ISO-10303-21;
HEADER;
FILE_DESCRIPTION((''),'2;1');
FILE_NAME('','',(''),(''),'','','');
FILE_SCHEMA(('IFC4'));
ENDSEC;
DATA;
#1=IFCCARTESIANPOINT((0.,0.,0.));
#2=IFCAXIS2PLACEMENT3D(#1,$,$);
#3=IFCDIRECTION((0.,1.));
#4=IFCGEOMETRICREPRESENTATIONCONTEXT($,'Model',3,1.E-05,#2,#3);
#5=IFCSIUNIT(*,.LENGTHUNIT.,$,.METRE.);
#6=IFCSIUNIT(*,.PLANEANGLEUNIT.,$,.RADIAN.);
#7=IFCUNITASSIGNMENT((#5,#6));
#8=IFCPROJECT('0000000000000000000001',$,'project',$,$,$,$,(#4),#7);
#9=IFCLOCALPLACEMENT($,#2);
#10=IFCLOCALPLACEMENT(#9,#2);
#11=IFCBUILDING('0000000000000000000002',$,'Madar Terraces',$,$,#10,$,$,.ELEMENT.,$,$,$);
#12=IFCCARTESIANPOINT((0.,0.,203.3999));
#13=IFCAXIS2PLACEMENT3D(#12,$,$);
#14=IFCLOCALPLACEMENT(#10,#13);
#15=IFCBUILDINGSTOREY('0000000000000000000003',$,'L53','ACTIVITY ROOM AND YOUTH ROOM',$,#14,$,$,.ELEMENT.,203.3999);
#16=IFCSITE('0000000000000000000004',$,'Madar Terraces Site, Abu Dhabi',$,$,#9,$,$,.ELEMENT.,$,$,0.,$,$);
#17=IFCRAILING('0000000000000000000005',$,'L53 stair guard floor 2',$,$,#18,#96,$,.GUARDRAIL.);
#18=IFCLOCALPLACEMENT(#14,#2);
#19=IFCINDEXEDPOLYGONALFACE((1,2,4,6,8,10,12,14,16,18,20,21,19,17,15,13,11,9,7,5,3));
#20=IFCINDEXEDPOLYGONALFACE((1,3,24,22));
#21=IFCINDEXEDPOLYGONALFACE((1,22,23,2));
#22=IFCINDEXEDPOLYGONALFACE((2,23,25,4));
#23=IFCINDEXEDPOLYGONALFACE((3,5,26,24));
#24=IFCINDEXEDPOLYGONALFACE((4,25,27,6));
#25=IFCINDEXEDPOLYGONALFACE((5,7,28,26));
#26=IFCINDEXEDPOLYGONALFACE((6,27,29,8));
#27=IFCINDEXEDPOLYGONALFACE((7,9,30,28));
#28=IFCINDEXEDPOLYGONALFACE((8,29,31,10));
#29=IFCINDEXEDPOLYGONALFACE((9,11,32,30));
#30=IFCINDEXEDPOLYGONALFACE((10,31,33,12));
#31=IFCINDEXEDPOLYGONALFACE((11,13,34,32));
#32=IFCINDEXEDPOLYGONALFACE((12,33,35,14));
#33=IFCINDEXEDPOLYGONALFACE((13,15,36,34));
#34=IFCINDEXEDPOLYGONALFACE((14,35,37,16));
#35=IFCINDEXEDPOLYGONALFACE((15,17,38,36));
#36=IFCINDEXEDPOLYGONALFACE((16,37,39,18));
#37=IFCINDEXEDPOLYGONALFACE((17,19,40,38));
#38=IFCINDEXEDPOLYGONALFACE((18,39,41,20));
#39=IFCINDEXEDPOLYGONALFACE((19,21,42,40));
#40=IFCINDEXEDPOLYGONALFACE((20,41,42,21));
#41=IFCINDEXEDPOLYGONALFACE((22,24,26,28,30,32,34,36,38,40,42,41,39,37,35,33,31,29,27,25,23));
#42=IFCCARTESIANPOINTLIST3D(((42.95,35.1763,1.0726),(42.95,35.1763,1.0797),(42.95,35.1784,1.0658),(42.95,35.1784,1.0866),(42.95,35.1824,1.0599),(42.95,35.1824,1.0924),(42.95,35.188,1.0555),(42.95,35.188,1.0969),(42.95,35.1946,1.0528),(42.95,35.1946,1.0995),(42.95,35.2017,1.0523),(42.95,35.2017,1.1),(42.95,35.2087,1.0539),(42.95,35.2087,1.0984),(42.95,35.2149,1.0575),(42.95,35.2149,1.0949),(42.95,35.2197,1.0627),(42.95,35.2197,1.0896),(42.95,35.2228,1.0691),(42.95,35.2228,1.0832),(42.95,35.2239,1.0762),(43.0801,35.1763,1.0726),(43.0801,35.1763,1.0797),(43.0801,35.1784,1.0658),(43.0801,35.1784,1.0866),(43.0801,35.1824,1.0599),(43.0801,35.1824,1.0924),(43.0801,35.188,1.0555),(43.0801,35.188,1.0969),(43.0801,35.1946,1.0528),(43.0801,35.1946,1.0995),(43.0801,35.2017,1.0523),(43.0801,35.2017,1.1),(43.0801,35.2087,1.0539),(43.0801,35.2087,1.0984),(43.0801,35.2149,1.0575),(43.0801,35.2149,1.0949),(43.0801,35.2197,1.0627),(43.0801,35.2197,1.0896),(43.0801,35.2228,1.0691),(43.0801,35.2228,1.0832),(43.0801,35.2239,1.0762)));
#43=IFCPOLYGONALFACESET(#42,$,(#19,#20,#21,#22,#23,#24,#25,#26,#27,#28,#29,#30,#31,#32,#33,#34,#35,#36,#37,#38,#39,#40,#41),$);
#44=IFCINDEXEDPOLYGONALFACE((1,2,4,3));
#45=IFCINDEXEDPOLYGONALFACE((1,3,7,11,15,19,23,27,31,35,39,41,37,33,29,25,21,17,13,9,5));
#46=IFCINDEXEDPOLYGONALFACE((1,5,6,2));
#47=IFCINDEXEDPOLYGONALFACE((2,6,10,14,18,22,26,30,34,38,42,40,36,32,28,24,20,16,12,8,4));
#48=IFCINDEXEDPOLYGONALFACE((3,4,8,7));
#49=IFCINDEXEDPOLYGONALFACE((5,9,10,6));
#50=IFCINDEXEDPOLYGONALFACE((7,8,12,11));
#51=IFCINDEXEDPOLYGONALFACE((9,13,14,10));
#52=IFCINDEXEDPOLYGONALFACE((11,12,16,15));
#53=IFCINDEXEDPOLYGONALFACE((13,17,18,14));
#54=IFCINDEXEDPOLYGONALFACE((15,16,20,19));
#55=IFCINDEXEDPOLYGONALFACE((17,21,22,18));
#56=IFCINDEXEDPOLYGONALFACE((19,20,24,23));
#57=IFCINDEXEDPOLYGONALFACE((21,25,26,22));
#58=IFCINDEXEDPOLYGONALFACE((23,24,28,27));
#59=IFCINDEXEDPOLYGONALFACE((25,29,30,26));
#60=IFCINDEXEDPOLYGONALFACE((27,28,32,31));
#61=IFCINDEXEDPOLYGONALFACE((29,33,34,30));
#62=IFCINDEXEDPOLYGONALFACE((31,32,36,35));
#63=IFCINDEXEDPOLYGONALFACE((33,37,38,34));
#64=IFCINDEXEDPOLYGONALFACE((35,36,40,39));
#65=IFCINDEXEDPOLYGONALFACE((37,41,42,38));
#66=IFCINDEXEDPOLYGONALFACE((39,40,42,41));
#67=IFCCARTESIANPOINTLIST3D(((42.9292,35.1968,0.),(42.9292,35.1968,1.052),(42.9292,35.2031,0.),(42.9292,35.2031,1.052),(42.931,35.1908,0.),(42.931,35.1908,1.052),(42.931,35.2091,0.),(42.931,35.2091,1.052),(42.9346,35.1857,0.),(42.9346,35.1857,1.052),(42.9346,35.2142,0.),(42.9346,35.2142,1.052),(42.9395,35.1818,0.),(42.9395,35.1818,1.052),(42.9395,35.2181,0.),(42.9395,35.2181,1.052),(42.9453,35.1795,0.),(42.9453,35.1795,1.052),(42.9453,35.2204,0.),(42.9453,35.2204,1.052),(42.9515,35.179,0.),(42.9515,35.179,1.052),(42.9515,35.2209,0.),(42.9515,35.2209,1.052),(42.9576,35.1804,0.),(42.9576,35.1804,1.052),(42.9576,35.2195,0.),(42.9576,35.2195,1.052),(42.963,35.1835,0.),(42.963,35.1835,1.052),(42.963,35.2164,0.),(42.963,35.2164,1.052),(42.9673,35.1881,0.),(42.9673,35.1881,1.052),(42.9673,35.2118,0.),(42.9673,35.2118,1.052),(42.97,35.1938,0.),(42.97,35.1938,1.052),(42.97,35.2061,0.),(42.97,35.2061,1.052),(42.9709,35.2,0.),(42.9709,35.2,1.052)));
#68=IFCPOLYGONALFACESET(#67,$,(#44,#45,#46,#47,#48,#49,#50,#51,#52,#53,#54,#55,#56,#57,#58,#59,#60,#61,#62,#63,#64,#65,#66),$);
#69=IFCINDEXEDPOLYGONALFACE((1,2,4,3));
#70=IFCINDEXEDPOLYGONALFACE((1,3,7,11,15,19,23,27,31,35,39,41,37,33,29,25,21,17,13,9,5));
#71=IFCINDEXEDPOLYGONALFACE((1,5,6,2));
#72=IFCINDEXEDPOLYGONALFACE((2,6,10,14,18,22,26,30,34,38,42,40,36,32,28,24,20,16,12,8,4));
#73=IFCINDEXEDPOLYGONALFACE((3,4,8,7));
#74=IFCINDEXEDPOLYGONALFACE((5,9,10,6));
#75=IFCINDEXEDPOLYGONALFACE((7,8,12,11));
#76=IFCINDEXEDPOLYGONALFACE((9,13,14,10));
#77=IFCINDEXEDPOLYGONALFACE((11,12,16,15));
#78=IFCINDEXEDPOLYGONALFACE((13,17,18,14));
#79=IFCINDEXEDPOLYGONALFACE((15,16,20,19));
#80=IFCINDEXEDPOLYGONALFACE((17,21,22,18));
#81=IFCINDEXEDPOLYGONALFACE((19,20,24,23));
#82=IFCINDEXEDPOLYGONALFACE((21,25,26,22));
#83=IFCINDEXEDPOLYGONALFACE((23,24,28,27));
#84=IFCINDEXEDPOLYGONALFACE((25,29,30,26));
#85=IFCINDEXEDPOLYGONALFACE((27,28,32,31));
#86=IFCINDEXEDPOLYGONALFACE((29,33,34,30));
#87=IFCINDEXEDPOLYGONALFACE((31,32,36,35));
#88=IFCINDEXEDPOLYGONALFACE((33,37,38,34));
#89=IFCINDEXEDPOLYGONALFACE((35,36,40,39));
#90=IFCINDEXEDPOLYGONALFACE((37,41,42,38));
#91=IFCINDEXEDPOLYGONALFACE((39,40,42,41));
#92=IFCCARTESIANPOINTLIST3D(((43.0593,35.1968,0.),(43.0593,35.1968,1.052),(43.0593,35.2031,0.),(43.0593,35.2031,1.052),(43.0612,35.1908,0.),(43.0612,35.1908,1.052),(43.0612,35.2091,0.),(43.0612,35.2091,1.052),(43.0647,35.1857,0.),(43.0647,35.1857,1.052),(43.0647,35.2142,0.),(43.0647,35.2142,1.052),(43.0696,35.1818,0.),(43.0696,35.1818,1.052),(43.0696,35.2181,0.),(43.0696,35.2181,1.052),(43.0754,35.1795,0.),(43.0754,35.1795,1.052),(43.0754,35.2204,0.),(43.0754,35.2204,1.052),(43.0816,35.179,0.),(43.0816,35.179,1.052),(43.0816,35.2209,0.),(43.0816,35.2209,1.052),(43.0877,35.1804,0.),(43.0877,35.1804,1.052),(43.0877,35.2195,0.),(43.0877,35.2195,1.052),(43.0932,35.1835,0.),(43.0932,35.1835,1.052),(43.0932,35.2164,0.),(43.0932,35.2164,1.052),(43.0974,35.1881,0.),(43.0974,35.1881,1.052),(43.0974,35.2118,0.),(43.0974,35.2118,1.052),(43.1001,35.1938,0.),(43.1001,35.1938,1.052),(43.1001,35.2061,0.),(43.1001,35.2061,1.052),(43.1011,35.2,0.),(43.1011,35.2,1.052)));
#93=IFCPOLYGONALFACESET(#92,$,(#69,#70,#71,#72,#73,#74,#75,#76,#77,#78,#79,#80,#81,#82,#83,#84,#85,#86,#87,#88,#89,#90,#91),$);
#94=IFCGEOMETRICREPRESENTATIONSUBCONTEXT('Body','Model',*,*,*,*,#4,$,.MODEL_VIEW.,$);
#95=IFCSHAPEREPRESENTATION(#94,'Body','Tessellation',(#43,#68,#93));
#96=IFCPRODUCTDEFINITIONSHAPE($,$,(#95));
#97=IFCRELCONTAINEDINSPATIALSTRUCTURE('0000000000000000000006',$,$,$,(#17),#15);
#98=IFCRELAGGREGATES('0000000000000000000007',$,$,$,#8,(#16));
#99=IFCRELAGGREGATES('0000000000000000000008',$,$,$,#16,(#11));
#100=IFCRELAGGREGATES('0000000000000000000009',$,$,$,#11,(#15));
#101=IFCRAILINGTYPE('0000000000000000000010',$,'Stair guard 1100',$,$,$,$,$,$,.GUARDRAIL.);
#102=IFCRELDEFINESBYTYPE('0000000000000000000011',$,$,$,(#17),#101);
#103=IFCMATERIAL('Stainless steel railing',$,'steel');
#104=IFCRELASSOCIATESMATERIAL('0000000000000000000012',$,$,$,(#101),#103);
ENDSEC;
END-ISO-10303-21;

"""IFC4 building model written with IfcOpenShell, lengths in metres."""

from ifc_helpers import new_model, si_unit, direction, frame, origin, origin_2d, place, context, subcontext, project, spatial, circle, extrude, material, type_object, element, save


model = new_model("IFC4")

# Units and contexts
model_context = context("Model", 3, precision=1e-05, world=origin(), true_north=direction((0.0, 1.0)))
body_context = subcontext(model_context, "Body", "Model", "MODEL_VIEW")
ifc_project = project(units=[si_unit("LENGTHUNIT", "METRE"), si_unit("PLANEANGLEUNIT", "RADIAN")], contexts=[model_context])

# Site, building, storey
site_placement = place(None, origin())
site = spatial("IfcSite", under=ifc_project, at=site_placement, Name="Madar Terraces Site, Abu Dhabi", CompositionType="ELEMENT", RefElevation=0.0)
building_placement = place(site_placement, origin())
building = spatial("IfcBuilding", under=site, at=building_placement, Name="Madar Terraces", CompositionType="ELEMENT")
storey_placement = place(building_placement, frame((0.0, 0.0, 203.3999)))
storey = spatial("IfcBuildingStorey", under=building, at=storey_placement, Name="L53", Description="ACTIVITY ROOM AND YOUTH ROOM", CompositionType="ELEMENT", Elevation=203.3999)

# Railing
ifc_material_1 = material(Name="Stainless steel railing", Category="steel")
railing_type_1 = type_object("IfcRailingType", Name="Stair guard 1100", PredefinedType="GUARDRAIL", material=ifc_material_1)
railing_1_placement = place(storey_placement, frame((42.95, 35.2, 0.0)))
element("IfcRailing", 1, at=railing_1_placement, inside=storey, type_object=railing_type_1, Name="L53 stair guard floor 2", PredefinedType="GUARDRAIL", context=body_context, shape_type="SweptSolid", body=[
    extrude(circle(Radius=0.0239, at=origin_2d()), frame((0.0, 0.0, 1.0762), z_axis=(1.0, 0.0, 0.0), x_axis=(0.0, 1.0, 0.0)), (0.0, 0.0, 1.0), 0.1301),
    extrude(circle(Radius=0.021, at=origin_2d()), origin(), (0.0, 0.0, 1.0), 1.052),
    extrude(circle(Radius=0.021, at=origin_2d()), frame((0.1301, 0.0, 0.0)), (0.0, 0.0, 1.0), 1.052),
])

save(model, "model.ifc")
